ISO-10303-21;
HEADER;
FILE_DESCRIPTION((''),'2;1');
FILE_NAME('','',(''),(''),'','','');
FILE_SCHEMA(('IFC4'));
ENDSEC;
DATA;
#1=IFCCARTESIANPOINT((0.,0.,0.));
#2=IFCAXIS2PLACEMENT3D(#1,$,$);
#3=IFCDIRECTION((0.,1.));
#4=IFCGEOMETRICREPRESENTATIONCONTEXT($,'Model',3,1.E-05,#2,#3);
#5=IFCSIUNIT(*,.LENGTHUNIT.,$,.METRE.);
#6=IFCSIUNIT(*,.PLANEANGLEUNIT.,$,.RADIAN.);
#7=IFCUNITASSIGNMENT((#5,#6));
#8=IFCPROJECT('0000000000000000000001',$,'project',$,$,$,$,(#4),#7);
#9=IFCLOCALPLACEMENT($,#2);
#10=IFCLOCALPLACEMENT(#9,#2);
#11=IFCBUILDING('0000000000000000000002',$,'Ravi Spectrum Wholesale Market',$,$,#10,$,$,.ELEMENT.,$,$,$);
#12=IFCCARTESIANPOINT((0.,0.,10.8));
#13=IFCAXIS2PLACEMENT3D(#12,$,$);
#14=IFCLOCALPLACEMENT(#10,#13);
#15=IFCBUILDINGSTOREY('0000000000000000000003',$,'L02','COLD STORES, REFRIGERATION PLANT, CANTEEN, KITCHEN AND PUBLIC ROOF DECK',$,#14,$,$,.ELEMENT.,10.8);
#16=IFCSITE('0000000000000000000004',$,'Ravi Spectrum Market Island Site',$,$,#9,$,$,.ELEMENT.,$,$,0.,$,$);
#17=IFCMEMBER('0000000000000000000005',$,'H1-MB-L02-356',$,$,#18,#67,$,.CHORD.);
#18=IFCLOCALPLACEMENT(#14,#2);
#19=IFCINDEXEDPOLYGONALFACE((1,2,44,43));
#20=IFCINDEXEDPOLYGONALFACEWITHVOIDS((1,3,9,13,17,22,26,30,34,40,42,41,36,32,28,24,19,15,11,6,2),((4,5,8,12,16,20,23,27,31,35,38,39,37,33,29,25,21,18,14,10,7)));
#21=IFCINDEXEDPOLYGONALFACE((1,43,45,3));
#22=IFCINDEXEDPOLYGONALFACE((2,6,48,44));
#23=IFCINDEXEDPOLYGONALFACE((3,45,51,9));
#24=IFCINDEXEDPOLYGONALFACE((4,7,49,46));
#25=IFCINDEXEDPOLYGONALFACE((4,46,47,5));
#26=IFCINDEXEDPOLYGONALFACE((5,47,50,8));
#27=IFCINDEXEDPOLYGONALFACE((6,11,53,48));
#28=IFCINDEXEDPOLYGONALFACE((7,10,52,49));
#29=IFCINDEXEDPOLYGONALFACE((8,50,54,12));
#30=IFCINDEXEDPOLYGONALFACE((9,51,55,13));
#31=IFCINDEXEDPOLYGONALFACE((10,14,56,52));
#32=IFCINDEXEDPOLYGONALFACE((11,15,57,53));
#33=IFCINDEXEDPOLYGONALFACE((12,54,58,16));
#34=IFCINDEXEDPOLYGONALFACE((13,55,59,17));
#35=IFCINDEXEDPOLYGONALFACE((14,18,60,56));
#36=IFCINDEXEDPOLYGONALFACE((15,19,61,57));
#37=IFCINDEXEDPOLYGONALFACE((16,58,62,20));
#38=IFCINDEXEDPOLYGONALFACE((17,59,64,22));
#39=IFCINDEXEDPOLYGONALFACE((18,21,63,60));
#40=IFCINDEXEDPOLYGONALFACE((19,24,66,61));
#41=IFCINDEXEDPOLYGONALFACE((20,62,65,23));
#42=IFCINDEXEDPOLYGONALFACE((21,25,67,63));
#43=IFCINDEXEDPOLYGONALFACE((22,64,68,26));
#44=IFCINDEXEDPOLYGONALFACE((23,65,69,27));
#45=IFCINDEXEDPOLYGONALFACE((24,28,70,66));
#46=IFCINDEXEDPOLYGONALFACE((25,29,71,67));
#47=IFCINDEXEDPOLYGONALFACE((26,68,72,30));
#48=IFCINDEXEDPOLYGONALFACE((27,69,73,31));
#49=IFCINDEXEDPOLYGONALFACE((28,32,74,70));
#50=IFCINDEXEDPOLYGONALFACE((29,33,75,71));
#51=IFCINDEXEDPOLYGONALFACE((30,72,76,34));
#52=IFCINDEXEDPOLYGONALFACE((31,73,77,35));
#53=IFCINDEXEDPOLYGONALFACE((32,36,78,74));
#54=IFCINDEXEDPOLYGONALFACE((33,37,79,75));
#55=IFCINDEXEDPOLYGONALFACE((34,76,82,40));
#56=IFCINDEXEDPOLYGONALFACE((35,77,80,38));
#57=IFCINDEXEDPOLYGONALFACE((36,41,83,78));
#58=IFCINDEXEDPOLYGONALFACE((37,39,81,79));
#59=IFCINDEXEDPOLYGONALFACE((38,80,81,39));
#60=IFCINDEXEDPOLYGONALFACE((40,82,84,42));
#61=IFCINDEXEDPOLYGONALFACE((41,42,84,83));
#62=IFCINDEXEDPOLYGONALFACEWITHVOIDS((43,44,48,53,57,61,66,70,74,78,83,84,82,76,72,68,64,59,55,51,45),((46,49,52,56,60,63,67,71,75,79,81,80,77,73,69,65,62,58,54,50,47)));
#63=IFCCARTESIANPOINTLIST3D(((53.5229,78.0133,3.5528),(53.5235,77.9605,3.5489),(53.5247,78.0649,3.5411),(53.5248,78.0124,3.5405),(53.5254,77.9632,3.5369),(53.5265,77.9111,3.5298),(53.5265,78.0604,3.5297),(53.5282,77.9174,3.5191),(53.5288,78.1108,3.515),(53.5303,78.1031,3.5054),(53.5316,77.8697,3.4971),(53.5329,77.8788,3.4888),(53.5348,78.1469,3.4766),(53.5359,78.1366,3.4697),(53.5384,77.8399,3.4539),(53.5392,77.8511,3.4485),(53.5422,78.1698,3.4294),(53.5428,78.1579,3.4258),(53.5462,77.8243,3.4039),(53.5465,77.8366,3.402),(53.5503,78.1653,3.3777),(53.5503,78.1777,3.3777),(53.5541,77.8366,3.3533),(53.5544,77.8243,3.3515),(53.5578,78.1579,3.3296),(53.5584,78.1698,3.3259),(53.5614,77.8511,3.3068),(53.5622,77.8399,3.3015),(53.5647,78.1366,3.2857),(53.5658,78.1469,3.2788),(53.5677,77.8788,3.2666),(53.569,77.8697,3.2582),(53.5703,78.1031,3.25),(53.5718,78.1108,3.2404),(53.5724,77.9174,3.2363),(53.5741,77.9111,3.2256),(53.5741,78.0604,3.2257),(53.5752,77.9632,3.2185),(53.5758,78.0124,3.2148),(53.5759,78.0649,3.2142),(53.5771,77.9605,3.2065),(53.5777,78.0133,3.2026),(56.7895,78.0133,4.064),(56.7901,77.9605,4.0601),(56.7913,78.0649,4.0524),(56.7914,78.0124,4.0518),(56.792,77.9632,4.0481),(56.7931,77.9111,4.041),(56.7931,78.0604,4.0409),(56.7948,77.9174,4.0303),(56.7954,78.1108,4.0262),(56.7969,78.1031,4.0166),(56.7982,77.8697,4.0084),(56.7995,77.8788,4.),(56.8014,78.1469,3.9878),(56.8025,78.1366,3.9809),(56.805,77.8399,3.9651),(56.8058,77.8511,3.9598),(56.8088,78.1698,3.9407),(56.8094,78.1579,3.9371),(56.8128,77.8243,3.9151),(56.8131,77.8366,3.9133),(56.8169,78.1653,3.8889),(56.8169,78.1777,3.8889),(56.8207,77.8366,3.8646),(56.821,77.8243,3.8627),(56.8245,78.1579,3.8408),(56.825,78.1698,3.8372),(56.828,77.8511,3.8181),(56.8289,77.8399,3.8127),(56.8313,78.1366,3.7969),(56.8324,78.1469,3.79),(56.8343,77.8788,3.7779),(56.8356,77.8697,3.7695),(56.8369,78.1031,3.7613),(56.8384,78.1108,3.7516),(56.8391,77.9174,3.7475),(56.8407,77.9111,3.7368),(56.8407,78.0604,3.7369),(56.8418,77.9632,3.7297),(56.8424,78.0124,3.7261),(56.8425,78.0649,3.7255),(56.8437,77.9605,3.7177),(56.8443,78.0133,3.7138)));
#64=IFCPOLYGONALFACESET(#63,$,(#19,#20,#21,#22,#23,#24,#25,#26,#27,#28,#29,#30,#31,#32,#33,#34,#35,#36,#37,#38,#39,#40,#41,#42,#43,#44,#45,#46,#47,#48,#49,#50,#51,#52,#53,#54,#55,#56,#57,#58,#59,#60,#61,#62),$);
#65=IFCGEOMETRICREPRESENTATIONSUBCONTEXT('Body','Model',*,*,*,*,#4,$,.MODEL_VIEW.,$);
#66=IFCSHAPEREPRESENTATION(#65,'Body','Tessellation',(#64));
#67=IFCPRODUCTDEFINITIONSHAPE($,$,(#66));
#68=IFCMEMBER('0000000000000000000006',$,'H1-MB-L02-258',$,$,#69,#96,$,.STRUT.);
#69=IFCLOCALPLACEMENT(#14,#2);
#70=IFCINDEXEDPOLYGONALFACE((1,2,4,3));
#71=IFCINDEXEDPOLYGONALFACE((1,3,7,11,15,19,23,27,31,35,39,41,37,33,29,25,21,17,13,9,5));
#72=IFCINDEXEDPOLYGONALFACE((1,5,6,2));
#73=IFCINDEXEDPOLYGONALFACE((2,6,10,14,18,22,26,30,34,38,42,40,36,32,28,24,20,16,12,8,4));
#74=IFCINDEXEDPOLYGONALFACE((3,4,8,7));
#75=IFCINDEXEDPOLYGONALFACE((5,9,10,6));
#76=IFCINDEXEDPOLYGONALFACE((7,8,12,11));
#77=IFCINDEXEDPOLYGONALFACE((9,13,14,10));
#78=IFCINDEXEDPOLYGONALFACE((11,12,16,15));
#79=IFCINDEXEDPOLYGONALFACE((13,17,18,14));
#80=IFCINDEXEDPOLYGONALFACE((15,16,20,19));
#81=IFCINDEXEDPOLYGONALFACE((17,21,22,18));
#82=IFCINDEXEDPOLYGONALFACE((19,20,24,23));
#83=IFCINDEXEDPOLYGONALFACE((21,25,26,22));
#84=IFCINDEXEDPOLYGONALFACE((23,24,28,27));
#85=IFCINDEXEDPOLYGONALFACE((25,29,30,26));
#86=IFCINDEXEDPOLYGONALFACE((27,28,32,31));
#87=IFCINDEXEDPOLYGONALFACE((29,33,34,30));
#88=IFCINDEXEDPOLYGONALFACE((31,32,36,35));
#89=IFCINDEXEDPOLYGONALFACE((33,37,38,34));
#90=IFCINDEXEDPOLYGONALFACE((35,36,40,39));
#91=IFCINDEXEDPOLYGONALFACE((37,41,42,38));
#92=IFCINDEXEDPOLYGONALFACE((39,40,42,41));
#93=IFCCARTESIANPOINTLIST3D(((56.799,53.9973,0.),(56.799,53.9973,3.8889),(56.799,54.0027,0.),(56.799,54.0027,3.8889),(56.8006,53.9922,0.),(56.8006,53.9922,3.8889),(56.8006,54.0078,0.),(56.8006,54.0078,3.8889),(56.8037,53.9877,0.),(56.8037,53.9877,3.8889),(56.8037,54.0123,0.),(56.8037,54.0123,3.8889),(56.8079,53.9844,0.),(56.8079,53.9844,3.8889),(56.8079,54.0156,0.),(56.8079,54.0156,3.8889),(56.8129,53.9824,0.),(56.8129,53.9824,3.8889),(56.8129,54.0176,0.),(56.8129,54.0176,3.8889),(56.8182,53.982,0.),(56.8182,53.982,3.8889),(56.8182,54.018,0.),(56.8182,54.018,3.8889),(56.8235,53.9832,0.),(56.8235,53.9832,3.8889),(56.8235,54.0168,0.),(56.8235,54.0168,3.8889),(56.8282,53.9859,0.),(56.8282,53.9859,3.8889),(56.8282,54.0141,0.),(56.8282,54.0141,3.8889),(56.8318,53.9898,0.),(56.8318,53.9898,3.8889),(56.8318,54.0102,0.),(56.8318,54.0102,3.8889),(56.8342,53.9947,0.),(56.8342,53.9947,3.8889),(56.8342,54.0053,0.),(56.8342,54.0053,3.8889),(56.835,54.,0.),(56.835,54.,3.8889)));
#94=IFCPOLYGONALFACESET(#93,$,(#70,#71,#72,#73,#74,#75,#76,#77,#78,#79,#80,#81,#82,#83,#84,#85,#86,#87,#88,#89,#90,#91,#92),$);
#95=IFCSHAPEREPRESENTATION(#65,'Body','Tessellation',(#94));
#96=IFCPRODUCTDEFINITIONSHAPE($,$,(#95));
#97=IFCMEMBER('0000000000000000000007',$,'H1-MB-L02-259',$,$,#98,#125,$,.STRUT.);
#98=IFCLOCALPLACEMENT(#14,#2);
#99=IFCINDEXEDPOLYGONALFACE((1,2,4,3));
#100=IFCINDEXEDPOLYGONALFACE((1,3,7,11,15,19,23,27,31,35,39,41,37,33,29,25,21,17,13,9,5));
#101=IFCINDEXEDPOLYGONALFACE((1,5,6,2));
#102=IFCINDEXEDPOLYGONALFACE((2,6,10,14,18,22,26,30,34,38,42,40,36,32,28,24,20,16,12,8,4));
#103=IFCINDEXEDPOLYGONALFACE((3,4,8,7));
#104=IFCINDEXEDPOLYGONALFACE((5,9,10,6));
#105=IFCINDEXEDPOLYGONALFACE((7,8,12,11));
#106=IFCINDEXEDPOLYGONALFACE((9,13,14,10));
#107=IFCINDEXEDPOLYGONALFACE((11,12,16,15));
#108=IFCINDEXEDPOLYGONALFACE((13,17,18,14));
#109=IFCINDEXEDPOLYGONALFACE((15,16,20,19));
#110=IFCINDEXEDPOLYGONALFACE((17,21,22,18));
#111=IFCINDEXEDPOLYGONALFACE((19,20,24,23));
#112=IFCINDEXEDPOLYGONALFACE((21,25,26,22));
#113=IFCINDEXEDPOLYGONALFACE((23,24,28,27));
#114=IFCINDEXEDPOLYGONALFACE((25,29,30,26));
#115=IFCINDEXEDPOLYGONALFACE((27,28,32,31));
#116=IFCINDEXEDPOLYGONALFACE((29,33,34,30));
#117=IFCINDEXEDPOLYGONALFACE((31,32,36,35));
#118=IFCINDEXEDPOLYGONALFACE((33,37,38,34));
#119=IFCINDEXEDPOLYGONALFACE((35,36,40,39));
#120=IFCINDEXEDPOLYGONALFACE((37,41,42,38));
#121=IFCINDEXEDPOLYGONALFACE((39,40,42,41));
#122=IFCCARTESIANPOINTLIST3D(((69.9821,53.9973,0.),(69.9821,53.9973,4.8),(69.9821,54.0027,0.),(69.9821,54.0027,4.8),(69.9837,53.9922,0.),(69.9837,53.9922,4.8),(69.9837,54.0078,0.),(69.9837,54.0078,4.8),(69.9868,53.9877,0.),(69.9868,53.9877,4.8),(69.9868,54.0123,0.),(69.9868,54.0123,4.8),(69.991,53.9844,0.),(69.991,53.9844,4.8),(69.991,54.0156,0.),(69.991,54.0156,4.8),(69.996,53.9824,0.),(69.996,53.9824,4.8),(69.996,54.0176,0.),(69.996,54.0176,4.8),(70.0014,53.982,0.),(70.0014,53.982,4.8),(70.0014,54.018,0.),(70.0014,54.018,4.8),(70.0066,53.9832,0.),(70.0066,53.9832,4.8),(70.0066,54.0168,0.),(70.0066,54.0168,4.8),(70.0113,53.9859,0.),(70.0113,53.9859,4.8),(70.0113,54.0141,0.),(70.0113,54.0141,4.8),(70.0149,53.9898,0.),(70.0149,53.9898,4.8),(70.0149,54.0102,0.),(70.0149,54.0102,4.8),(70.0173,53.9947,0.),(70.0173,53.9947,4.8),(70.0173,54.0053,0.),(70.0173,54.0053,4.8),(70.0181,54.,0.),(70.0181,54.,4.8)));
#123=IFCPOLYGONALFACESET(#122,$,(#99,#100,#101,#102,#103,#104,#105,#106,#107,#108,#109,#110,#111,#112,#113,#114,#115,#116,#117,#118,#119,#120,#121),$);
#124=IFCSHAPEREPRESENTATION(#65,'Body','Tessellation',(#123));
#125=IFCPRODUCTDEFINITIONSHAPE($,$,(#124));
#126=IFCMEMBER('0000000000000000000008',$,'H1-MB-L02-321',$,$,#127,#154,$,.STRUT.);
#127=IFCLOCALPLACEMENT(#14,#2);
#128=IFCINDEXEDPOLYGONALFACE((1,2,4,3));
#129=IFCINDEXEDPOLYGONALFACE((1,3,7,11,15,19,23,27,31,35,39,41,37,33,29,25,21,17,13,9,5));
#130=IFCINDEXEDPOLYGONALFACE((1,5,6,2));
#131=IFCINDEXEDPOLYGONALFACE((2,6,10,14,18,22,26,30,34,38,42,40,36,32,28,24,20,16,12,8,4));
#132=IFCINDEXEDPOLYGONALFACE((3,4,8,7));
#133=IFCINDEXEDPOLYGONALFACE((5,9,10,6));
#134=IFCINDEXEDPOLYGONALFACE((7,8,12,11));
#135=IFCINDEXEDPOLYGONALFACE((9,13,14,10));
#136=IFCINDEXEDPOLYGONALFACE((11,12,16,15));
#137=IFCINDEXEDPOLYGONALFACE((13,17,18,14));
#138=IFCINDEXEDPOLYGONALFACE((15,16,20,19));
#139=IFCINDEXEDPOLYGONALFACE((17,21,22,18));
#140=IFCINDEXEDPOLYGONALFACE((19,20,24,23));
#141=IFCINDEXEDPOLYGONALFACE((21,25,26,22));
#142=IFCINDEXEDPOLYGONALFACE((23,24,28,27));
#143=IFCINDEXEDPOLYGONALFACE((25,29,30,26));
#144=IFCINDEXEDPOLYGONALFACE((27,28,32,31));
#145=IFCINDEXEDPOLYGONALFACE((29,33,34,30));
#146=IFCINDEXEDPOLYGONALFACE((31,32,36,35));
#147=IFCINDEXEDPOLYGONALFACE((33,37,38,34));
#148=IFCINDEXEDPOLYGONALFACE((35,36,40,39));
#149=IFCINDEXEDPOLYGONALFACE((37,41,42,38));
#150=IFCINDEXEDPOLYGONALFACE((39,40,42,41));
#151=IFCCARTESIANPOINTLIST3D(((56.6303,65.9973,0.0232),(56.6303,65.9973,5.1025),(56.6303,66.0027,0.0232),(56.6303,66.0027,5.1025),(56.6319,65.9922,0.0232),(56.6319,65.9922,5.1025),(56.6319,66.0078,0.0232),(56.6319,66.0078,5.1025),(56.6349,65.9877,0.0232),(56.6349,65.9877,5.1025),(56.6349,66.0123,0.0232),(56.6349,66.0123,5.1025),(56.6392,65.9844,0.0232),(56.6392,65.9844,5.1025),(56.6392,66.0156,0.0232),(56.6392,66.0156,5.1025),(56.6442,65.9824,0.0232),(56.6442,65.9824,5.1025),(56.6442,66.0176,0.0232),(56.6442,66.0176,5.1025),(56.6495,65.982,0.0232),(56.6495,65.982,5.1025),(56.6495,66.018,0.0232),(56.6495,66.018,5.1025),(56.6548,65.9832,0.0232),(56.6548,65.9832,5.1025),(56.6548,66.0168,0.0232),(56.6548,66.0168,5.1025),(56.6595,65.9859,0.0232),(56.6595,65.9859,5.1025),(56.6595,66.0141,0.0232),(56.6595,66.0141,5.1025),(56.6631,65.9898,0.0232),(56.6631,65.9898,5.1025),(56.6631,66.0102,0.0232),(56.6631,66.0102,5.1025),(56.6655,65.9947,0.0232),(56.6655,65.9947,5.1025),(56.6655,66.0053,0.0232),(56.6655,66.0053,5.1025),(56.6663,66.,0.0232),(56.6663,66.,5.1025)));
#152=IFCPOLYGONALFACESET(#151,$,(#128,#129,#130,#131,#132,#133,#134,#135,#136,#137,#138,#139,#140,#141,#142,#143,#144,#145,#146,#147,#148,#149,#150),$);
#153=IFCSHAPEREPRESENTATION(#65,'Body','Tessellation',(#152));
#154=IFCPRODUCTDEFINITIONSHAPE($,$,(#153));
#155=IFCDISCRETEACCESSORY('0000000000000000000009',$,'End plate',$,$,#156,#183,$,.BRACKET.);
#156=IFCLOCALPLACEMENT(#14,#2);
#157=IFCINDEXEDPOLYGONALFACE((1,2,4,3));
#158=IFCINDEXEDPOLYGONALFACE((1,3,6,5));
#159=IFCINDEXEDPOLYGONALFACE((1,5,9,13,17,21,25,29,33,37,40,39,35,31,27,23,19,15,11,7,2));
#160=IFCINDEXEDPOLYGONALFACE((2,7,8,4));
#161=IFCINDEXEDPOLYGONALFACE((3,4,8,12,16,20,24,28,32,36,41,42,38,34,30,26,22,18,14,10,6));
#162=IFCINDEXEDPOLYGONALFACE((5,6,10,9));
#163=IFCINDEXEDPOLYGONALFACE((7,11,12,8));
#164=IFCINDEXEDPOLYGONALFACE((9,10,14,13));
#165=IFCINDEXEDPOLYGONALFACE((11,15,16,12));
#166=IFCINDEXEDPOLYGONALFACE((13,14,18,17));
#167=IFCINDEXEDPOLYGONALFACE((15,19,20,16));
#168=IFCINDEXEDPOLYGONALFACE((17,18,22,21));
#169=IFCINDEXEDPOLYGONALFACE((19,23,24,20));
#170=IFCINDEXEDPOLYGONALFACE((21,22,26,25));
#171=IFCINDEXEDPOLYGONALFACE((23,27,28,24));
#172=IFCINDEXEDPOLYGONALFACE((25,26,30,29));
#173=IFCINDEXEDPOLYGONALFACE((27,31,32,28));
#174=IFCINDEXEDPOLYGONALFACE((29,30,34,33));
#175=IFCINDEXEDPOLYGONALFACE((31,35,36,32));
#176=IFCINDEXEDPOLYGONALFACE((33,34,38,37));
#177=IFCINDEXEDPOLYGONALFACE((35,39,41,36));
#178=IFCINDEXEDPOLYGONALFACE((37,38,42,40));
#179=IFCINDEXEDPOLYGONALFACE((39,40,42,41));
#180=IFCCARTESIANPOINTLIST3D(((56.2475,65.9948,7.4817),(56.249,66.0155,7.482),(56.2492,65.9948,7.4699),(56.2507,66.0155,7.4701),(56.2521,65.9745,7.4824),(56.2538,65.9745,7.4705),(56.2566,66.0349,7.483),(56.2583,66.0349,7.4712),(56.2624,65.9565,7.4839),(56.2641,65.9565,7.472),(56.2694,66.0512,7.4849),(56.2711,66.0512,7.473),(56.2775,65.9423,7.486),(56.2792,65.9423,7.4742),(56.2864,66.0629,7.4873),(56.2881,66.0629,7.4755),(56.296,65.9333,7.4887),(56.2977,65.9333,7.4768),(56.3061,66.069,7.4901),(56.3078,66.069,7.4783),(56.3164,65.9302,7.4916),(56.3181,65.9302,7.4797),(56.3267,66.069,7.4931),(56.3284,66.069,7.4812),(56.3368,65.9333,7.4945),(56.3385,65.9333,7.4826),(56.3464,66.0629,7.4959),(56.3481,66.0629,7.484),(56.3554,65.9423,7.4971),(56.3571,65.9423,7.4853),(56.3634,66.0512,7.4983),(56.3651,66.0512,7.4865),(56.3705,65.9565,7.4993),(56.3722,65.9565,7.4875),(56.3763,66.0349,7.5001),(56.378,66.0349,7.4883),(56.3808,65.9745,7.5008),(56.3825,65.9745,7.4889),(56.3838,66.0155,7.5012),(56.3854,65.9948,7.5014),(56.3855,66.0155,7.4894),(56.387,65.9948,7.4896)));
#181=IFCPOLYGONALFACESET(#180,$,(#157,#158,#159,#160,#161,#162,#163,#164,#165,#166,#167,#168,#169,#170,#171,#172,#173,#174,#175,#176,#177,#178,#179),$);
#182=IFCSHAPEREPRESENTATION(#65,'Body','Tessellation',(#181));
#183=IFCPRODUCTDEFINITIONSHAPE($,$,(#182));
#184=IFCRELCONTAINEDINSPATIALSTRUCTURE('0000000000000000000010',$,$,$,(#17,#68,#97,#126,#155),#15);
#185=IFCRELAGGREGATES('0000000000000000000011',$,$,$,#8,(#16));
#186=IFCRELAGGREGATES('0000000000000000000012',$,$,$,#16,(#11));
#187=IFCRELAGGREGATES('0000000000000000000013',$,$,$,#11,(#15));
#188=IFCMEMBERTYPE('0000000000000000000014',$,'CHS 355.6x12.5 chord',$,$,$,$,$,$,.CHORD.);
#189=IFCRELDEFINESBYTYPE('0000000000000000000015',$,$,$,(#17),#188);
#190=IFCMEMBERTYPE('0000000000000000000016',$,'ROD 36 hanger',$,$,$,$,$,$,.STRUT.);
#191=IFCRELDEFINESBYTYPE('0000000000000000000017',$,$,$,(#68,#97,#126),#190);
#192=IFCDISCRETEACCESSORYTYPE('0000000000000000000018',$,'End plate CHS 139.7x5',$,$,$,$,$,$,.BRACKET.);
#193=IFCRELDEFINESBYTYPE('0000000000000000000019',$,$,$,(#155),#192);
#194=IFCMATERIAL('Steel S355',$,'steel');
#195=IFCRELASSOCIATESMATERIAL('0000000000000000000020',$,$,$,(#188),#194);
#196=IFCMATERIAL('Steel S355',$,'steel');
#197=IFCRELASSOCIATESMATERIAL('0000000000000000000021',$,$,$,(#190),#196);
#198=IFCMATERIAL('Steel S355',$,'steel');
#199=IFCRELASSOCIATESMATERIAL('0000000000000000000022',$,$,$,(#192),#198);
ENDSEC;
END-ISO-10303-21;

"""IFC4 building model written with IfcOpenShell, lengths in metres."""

from ifc_helpers import new_model, si_unit, direction, frame, origin, origin_2d, place, context, subcontext, project, spatial, circle, hollow_circle, extrude, material, material_profile, profile_set, type_object, element, save


model = new_model("IFC4")

# Units and contexts
model_context = context("Model", 3, precision=1e-05, world=origin(), true_north=direction((0.0, 1.0)))
body_context = subcontext(model_context, "Body", "Model", "MODEL_VIEW")
ifc_project = project(units=[si_unit("LENGTHUNIT", "METRE"), si_unit("PLANEANGLEUNIT", "RADIAN")], contexts=[model_context])

# Site, building, storey
site_placement = place(None, origin())
site = spatial("IfcSite", under=ifc_project, at=site_placement, Name="Ravi Spectrum Market Island Site", CompositionType="ELEMENT", RefElevation=0.0)
building_placement = place(site_placement, origin())
building = spatial("IfcBuilding", under=site, at=building_placement, Name="Ravi Spectrum Wholesale Market", CompositionType="ELEMENT")
storey_placement = place(building_placement, frame((0.0, 0.0, 10.8)))
storey = spatial("IfcBuildingStorey", under=building, at=storey_placement, Name="L02", Description="COLD STORES, REFRIGERATION PLANT, CANTEEN, KITCHEN AND PUBLIC ROOF DECK", CompositionType="ELEMENT", Elevation=10.8)

# Members
ifc_material_1 = material(Name="Steel S355", Category="steel")
ifc_material_profile_1 = material_profile(ifc_material_1, hollow_circle(Radius=0.1777, WallThickness=0.0125, at=origin_2d()))
ifc_profile_set_1 = profile_set([ifc_material_profile_1], Name="Steel S355")
member_type_1 = type_object("IfcMemberType", Name="CHS 355.6x12.5 chord", PredefinedType="CHORD", material=ifc_profile_set_1)
member_1_placement = place(storey_placement, frame((53.5503, 78.0, 3.3777), z_axis=(0.987974, 0.0, 0.15462), x_axis=(0.0, 1.0, 0.0)))
element("IfcMember", 1, at=member_1_placement, inside=storey, type_object=member_type_1, Name="H1-MB-L02-356", PredefinedType="CHORD", context=body_context, shape_type="SweptSolid", body=[
    extrude(hollow_circle(Radius=0.1777, WallThickness=0.0125, at=origin_2d()), origin(), (0.0, 0.0, 1.0), 3.3064),
])
ifc_material_2 = material(Name="Steel S355", Category="steel")
ifc_material_profile_2 = material_profile(ifc_material_2, circle(Radius=0.0181, at=origin_2d()))
ifc_profile_set_2 = profile_set([ifc_material_profile_2], Name="Steel S355")
member_type_2 = type_object("IfcMemberType", Name="ROD 36 hanger", PredefinedType="STRUT", material=ifc_profile_set_2)
member_2_placement = place(storey_placement, frame((56.8169, 54.0, 0.0), z_axis=(0.0, 0.0, 1.0), x_axis=(1.0, 0.0, 0.0)))
element("IfcMember", 2, at=member_2_placement, inside=storey, type_object=member_type_2, Name="H1-MB-L02-258", PredefinedType="STRUT", context=body_context, shape_type="SweptSolid", body=[
    extrude(circle(Radius=0.0181, at=origin_2d()), origin(), (0.0, 0.0, 1.0), 3.8889),
])
member_3_placement = place(storey_placement, frame((70.0, 54.0, 0.0), z_axis=(0.0, 0.0, 1.0), x_axis=(1.0, 0.0, 0.0)))
element("IfcMember", 3, at=member_3_placement, inside=storey, type_object=member_type_2, Name="H1-MB-L02-259", PredefinedType="STRUT", context=body_context, shape_type="SweptSolid", body=[
    extrude(circle(Radius=0.0181, at=origin_2d()), origin(), (0.0, 0.0, 1.0), 4.8),
])
member_4_placement = place(storey_placement, frame((56.6482, 66.0, 0.0232), z_axis=(0.0, 0.0, 1.0), x_axis=(1.0, 0.0, 0.0)))
element("IfcMember", 4, at=member_4_placement, inside=storey, type_object=member_type_2, Name="H1-MB-L02-321", PredefinedType="STRUT", context=body_context, shape_type="SweptSolid", body=[
    extrude(circle(Radius=0.0181, at=origin_2d()), origin(), (0.0, 0.0, 1.0), 5.0793),
])

# Discrete accessory
ifc_material_3 = material(Name="Steel S355", Category="steel")
ifc_material_profile_3 = material_profile(ifc_material_3, circle(Radius=0.0698, at=origin_2d()))
ifc_profile_set_3 = profile_set([ifc_material_profile_3], Name="Steel S355")
discrete_accessory_type_1 = type_object("IfcDiscreteAccessoryType", Name="End plate CHS 139.7x5", PredefinedType="BRACKET", material=ifc_profile_set_3)
discrete_accessory_1_placement = place(storey_placement, frame((56.3181, 66.0, 7.4797), z_axis=(-0.141421, 0.0, 0.989949), x_axis=(0.0, -1.0, 0.0)))
element("IfcDiscreteAccessory", 5, at=discrete_accessory_1_placement, inside=storey, type_object=discrete_accessory_type_1, Name="End plate", PredefinedType="BRACKET", context=body_context, shape_type="SweptSolid", body=[
    extrude(circle(Radius=0.0698, at=origin_2d()), origin(), (0.0, 0.0, 1.0), 0.012),
])

save(model, "model.ifc")
